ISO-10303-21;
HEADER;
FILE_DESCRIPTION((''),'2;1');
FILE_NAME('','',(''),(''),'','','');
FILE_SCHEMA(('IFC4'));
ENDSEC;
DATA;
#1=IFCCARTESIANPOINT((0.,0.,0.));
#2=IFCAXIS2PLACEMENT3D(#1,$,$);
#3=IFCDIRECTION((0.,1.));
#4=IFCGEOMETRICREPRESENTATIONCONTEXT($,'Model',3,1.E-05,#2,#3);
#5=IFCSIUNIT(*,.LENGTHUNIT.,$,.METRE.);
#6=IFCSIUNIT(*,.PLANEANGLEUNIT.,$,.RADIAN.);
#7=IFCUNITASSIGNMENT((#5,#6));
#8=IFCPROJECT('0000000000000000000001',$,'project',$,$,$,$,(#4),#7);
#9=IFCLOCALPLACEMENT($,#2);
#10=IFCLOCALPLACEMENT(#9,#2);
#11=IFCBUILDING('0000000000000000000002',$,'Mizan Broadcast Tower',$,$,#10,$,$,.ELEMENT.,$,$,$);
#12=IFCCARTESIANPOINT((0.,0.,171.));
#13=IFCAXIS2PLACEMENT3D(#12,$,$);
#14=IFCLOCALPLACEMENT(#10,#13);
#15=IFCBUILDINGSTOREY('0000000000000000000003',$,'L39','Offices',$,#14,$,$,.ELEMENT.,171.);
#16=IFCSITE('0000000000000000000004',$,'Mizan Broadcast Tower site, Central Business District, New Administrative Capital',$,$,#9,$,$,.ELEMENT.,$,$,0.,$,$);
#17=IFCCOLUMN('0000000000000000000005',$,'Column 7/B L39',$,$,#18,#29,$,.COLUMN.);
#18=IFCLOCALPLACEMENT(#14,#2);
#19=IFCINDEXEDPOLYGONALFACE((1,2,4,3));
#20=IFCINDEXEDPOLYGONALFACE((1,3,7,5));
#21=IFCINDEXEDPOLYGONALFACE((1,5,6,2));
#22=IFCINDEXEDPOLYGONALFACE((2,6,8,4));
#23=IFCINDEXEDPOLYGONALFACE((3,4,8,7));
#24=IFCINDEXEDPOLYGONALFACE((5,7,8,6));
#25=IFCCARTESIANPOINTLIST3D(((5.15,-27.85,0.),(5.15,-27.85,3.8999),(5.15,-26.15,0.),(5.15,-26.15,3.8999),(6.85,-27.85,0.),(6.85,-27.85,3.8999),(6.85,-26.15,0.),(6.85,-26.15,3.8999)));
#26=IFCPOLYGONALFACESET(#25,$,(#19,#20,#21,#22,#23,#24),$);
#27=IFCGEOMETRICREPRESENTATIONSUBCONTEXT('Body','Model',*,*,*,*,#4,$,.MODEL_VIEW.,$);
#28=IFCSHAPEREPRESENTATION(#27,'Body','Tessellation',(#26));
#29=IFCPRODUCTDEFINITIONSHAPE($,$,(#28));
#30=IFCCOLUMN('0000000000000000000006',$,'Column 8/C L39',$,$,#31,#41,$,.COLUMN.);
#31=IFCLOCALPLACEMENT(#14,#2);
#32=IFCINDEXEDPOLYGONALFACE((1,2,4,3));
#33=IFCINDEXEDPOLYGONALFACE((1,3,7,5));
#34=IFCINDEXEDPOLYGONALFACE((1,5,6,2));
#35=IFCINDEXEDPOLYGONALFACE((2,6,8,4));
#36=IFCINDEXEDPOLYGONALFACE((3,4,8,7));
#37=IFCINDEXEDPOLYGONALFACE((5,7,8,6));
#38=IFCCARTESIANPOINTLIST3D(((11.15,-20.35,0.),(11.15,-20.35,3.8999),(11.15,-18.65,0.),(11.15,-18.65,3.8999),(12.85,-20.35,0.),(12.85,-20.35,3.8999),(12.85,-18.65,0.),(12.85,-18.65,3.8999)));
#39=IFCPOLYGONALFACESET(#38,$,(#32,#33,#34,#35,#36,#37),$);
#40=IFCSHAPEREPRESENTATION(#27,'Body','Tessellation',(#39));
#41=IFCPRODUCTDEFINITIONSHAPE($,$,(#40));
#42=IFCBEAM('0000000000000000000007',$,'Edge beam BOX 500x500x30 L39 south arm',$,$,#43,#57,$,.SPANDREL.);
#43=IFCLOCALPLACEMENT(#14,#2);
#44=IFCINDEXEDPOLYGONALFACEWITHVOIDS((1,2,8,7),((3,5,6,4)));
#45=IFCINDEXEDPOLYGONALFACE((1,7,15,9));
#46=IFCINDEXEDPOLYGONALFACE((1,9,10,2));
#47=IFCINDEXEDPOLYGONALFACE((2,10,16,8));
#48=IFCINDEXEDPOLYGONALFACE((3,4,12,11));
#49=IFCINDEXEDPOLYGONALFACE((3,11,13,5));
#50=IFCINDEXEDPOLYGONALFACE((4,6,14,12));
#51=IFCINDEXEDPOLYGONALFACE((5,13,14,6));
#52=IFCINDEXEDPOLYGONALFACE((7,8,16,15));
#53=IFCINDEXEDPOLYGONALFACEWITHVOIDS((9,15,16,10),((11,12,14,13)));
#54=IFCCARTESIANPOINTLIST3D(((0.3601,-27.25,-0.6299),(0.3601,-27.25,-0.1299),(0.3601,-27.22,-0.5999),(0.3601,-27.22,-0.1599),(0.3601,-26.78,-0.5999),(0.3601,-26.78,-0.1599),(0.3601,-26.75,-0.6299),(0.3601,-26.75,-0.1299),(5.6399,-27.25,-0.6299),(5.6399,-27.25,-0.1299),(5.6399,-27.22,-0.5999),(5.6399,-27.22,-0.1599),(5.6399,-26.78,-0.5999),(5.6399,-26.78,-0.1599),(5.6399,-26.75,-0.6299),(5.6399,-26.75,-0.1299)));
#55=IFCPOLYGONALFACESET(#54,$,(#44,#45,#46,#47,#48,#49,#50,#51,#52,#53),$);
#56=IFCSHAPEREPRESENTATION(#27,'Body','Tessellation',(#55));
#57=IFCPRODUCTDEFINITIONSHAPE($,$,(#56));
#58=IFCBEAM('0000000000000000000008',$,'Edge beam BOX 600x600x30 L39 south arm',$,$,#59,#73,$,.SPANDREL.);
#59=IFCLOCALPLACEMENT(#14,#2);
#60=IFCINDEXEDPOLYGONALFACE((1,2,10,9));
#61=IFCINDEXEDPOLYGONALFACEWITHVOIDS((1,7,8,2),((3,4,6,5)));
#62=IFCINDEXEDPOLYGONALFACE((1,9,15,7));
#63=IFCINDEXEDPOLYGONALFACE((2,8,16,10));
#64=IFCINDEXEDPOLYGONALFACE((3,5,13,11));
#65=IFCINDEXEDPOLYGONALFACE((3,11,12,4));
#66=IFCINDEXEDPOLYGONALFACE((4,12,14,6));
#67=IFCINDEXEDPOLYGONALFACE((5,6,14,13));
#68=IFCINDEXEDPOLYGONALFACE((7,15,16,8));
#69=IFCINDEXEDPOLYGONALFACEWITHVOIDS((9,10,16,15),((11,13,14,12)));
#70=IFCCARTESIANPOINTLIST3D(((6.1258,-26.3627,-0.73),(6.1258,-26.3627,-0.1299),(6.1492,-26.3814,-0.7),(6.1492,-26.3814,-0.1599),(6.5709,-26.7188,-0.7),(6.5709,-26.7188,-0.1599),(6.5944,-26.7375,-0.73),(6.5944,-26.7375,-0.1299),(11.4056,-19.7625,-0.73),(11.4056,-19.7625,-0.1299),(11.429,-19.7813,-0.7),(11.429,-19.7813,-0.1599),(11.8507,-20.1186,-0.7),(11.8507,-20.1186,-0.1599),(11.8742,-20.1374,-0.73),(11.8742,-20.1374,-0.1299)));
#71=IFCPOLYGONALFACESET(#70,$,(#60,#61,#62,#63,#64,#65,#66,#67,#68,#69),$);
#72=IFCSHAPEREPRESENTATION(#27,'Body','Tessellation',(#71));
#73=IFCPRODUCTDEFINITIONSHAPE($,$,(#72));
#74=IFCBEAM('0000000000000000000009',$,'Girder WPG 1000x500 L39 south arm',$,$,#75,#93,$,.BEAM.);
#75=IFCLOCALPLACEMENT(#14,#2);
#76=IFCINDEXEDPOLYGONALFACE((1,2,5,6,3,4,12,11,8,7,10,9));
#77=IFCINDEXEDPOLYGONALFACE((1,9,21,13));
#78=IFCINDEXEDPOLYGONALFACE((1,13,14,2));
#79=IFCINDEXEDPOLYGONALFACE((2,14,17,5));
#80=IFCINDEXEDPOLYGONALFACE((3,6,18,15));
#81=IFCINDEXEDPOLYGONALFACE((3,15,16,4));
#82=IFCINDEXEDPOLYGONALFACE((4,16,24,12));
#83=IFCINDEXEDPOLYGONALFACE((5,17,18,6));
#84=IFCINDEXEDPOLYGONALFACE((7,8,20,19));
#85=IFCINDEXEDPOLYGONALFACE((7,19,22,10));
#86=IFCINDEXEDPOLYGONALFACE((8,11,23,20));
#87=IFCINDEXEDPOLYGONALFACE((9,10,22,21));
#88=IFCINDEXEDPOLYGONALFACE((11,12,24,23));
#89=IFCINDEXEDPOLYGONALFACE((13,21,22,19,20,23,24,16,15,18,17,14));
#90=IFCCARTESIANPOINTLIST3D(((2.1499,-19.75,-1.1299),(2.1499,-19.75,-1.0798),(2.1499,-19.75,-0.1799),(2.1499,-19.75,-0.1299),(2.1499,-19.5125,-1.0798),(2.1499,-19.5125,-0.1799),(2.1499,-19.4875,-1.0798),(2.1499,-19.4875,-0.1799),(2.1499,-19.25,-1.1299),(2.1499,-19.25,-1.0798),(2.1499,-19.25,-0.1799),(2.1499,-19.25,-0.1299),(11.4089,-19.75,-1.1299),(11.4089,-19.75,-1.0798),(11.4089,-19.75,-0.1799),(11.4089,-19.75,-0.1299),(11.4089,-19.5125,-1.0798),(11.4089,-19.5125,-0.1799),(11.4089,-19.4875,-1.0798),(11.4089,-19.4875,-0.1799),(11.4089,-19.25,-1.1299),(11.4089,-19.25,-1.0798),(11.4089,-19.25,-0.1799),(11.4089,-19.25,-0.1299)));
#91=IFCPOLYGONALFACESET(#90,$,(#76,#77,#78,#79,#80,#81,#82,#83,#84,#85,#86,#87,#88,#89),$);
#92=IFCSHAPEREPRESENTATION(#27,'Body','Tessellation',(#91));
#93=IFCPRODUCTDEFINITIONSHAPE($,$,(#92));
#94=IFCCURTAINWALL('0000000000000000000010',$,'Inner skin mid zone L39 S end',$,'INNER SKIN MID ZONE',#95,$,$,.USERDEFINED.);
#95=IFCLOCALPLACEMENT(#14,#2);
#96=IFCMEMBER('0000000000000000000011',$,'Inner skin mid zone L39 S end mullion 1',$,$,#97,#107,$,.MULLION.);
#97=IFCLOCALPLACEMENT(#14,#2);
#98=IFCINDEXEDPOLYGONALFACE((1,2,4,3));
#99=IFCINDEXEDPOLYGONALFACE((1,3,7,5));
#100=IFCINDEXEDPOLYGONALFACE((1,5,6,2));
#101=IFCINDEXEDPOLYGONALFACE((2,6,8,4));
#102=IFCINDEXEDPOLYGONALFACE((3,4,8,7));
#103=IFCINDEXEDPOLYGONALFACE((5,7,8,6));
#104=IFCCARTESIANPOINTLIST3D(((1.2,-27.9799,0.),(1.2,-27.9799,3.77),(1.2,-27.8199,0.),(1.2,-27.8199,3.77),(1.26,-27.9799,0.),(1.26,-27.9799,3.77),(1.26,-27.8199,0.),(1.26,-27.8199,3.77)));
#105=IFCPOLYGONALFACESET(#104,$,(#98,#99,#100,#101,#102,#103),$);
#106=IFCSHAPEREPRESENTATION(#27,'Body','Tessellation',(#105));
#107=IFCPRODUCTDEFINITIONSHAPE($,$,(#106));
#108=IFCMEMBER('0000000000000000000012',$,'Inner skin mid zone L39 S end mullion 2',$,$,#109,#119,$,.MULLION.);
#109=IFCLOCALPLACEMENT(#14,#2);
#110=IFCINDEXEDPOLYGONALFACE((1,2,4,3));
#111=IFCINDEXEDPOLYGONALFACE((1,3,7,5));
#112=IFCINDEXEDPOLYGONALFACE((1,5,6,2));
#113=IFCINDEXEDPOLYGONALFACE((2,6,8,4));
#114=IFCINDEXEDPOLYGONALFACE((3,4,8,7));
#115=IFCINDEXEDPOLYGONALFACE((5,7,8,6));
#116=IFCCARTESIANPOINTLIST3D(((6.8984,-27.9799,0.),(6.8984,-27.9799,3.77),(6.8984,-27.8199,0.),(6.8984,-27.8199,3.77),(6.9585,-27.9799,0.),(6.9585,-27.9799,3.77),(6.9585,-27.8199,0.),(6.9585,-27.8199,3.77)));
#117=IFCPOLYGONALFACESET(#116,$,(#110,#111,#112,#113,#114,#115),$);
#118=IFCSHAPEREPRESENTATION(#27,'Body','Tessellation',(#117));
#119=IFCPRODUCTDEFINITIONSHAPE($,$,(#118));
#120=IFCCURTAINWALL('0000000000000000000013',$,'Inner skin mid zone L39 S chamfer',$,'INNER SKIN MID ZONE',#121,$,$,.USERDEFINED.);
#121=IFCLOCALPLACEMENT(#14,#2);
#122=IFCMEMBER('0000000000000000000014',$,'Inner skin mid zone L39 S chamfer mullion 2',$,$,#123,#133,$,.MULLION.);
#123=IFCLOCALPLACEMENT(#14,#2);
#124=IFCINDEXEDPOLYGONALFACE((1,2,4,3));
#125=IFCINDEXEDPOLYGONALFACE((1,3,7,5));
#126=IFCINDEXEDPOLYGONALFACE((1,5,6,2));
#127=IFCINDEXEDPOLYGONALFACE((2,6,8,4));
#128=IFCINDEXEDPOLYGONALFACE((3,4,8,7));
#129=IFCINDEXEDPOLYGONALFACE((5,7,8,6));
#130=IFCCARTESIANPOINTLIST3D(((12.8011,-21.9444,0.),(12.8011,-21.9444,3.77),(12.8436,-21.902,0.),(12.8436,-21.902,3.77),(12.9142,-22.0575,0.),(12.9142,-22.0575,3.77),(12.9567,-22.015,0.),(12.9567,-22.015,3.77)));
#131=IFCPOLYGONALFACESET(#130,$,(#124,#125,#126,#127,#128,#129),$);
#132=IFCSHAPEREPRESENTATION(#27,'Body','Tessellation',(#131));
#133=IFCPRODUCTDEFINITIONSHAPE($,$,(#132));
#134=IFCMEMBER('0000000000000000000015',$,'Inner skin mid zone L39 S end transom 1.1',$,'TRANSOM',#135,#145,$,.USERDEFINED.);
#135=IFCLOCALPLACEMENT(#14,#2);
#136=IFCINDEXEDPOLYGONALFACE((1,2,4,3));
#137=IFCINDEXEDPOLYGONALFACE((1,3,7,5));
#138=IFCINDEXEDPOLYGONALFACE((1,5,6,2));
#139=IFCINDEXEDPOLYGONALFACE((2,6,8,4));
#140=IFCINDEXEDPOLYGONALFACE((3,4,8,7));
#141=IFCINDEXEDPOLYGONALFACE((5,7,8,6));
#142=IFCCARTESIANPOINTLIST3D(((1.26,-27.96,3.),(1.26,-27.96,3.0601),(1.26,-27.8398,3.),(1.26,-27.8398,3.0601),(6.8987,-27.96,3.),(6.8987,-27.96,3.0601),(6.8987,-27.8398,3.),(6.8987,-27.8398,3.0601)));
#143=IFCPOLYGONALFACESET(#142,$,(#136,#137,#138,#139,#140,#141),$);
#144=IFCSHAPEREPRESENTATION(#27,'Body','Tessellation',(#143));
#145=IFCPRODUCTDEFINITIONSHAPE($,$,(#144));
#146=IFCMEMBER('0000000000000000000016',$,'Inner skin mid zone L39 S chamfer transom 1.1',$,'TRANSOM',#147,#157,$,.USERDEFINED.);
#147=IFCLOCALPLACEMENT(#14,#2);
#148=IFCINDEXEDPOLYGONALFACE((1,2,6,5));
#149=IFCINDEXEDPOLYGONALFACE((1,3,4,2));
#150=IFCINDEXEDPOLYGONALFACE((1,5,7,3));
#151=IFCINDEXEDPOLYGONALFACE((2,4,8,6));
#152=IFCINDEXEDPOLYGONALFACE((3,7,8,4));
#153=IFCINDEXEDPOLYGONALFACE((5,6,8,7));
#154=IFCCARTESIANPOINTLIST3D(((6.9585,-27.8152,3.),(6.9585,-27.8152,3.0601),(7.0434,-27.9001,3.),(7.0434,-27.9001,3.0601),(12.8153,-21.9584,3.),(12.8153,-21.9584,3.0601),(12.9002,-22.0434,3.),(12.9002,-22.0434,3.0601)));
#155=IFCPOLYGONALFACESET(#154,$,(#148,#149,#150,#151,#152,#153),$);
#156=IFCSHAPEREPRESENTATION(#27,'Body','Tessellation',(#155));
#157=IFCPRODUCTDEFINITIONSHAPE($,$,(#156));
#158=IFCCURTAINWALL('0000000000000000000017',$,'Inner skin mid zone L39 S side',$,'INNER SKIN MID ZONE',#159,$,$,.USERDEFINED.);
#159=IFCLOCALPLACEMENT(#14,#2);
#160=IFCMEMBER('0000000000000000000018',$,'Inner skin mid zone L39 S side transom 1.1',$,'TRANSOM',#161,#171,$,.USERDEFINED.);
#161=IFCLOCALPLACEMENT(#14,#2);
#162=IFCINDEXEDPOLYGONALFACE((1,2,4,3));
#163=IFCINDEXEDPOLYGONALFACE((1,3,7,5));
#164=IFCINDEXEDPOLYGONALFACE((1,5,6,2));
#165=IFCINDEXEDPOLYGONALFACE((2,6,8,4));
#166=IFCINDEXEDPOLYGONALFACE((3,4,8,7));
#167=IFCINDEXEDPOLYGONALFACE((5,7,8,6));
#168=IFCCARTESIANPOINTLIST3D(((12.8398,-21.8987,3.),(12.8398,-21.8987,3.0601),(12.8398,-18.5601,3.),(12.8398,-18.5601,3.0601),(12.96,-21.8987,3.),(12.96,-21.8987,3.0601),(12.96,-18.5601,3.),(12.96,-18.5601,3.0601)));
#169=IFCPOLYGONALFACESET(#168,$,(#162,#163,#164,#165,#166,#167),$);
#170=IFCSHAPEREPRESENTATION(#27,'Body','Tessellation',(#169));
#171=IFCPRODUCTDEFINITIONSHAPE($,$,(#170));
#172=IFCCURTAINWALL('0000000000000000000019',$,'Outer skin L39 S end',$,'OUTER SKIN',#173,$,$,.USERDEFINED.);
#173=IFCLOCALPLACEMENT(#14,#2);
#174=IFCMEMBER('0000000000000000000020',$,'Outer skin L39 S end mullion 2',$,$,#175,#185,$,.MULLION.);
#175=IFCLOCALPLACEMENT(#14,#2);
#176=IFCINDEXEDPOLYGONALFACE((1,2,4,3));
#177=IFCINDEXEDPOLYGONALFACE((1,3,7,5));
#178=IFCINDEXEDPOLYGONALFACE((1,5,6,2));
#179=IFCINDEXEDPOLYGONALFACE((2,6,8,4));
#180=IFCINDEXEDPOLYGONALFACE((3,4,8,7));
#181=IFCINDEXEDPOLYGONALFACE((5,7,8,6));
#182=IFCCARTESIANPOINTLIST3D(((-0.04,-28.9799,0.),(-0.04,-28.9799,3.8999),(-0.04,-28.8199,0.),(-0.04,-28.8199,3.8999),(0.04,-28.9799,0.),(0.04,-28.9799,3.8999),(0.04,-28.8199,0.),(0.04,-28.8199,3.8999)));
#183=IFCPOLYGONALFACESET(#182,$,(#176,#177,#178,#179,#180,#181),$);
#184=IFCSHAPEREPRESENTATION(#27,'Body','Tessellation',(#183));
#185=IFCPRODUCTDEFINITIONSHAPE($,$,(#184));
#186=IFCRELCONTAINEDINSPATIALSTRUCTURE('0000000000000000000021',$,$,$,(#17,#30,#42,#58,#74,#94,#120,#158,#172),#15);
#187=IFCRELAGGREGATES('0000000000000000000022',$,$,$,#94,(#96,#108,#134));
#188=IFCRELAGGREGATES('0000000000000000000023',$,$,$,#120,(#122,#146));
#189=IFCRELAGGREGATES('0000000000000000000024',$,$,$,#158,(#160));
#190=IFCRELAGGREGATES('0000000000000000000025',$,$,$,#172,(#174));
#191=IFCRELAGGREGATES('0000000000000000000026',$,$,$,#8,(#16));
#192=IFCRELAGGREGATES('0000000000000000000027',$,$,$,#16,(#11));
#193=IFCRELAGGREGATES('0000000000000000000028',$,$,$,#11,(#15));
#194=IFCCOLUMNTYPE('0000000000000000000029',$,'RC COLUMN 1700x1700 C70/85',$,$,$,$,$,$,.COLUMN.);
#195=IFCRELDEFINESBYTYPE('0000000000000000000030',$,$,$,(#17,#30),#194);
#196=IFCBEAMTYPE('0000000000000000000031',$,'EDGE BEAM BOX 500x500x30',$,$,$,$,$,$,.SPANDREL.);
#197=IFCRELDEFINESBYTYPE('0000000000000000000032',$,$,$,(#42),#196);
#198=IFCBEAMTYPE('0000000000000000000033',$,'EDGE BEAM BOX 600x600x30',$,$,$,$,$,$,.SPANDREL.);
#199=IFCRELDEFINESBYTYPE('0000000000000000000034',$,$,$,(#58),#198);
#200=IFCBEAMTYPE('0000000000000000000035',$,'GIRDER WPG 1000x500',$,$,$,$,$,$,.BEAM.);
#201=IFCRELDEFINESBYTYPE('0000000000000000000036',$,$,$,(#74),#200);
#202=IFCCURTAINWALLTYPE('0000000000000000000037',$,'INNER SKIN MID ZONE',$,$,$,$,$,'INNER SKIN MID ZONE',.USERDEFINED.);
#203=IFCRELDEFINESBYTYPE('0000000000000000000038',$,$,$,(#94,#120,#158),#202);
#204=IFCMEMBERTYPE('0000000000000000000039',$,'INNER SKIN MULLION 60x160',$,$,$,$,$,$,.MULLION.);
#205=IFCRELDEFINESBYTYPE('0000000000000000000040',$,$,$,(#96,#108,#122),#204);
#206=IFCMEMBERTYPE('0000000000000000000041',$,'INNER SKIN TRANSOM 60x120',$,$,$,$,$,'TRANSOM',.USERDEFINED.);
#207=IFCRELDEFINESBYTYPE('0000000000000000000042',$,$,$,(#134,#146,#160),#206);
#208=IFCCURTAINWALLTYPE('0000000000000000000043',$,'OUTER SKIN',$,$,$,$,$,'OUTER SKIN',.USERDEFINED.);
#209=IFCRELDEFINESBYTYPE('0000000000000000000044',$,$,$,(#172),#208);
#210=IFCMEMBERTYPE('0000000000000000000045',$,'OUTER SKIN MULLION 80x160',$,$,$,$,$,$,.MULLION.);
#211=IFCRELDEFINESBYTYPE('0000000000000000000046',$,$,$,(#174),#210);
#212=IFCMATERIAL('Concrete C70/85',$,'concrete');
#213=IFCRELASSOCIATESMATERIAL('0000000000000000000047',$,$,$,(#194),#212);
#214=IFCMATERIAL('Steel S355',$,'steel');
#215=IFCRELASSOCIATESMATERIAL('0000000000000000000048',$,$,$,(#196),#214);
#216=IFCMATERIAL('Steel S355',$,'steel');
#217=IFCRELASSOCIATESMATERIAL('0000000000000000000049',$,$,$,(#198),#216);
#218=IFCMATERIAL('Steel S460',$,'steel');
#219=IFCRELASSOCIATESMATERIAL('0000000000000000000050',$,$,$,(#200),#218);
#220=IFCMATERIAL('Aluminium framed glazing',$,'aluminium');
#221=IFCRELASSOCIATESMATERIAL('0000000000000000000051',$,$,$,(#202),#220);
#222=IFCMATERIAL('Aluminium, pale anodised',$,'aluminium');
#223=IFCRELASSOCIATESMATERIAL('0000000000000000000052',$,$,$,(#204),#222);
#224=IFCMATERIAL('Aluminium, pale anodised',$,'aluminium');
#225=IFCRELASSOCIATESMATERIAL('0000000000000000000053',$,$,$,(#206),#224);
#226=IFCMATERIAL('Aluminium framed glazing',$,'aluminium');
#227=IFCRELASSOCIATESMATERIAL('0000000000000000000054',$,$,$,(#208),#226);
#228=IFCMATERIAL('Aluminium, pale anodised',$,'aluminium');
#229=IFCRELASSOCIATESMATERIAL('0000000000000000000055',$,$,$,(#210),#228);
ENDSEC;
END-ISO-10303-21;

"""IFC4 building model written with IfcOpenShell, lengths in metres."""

from ifc_helpers import new_model, si_unit, direction, frame, origin, origin_2d, place, context, subcontext, project, spatial, rectangle, hollow_rectangle, i_section, extrude, material, material_profile, profile_set, type_object, element, aggregate, save


model = new_model("IFC4")

# Units and contexts
model_context = context("Model", 3, precision=1e-05, world=origin(), true_north=direction((0.0, 1.0)))
body_context = subcontext(model_context, "Body", "Model", "MODEL_VIEW")
ifc_project = project(units=[si_unit("LENGTHUNIT", "METRE"), si_unit("PLANEANGLEUNIT", "RADIAN")], contexts=[model_context])

# Site, building, storey
site_placement = place(None, origin())
site = spatial("IfcSite", under=ifc_project, at=site_placement, Name="Mizan Broadcast Tower site, Central Business District, New Administrative Capital", CompositionType="ELEMENT", RefElevation=0.0)
building_placement = place(site_placement, origin())
building = spatial("IfcBuilding", under=site, at=building_placement, Name="Mizan Broadcast Tower", CompositionType="ELEMENT")
storey_placement = place(building_placement, frame((0.0, 0.0, 171.0)))
storey = spatial("IfcBuildingStorey", under=building, at=storey_placement, Name="L39", Description="Offices", CompositionType="ELEMENT", Elevation=171.0)

# Columns
ifc_material_1 = material(Name="Concrete C70/85", Category="concrete")
ifc_material_profile_1 = material_profile(ifc_material_1, rectangle(XDim=1.7, YDim=1.7, at=origin_2d()), Name="RC 1700x1700")
ifc_profile_set_1 = profile_set([ifc_material_profile_1], Name="Concrete C70/85")
column_type = type_object("IfcColumnType", Name="RC COLUMN 1700x1700 C70/85", PredefinedType="COLUMN", material=ifc_profile_set_1)
for number, where, z_axis, x_axis, name in (
    (1, (6.0, -27.0, 0.0), (0.0, 0.0, 1.0), (1.0, 0.0, 0.0), "Column 7/B L39"),
    (2, (12.0, -19.5, 0.0), (0.0, 0.0, 1.0), (1.0, 0.0, 0.0), "Column 8/C L39"),
):
    element("IfcColumn", number, at=place(storey_placement, frame(where, z_axis=z_axis, x_axis=x_axis)), inside=storey, type_object=column_type, Name=name, PredefinedType="COLUMN", context=body_context, shape_type="SweptSolid", body=[
        extrude(rectangle(XDim=1.7, YDim=1.7, at=origin_2d()), origin(), (0.0, 0.0, 1.0), 3.8999),
    ])

# Beams
ifc_material_2 = material(Name="Steel S355", Category="steel")
ifc_material_profile_2 = material_profile(ifc_material_2, hollow_rectangle(XDim=0.5, YDim=0.5, WallThickness=0.03, at=origin_2d()), Name="BOX 500x500x30")
ifc_profile_set_2 = profile_set([ifc_material_profile_2], Name="Steel S355")
beam_type_1 = type_object("IfcBeamType", Name="EDGE BEAM BOX 500x500x30", PredefinedType="SPANDREL", material=ifc_profile_set_2)
beam_1_placement = place(storey_placement, frame((5.6399, -27.0, -0.3799), z_axis=(-1.0, 0.0, 0.0), x_axis=(0.0, -1.0, 0.0)))
element("IfcBeam", 3, at=beam_1_placement, inside=storey, type_object=beam_type_1, Name="Edge beam BOX 500x500x30 L39 south arm", PredefinedType="SPANDREL", context=body_context, shape_type="SweptSolid", body=[
    extrude(hollow_rectangle(XDim=0.5, YDim=0.5, WallThickness=0.03, at=origin_2d()), origin(), (0.0, 0.0, 1.0), 5.2798),
])
ifc_material_3 = material(Name="Steel S355", Category="steel")
ifc_material_profile_3 = material_profile(ifc_material_3, hollow_rectangle(XDim=0.6001, YDim=0.6001, WallThickness=0.03, at=origin_2d()), Name="BOX 600x600x30")
ifc_profile_set_3 = profile_set([ifc_material_profile_3], Name="Steel S355")
beam_type_2 = type_object("IfcBeamType", Name="EDGE BEAM BOX 600x600x30", PredefinedType="SPANDREL", material=ifc_profile_set_3)
beam_2_placement = place(storey_placement, frame((11.6399, -19.95, -0.4299), z_axis=(-0.624674, -0.780886, 0.0), x_axis=(0.780886, -0.624674, 0.0)))
element("IfcBeam", 4, at=beam_2_placement, inside=storey, type_object=beam_type_2, Name="Edge beam BOX 600x600x30 L39 south arm", PredefinedType="SPANDREL", context=body_context, shape_type="SweptSolid", body=[
    extrude(hollow_rectangle(XDim=0.6001, YDim=0.6001, WallThickness=0.03, at=origin_2d()), origin(), (0.0, 0.0, 1.0), 8.4521),
])
ifc_material_4 = material(Name="Steel S460", Category="steel")
ifc_material_profile_4 = material_profile(ifc_material_4, i_section(OverallWidth=0.5, OverallDepth=1.0, WebThickness=0.0249, FlangeThickness=0.05, at=origin_2d()), Name="WPG 1000x500")
ifc_profile_set_4 = profile_set([ifc_material_profile_4], Name="Steel S460")
beam_type_3 = type_object("IfcBeamType", Name="GIRDER WPG 1000x500", PredefinedType="BEAM", material=ifc_profile_set_4)
beam_3_placement = place(storey_placement, frame((11.4089, -19.5, -0.6299), z_axis=(-1.0, 0.0, 0.0), x_axis=(0.0, -1.0, 0.0)))
element("IfcBeam", 5, at=beam_3_placement, inside=storey, type_object=beam_type_3, Name="Girder WPG 1000x500 L39 south arm", PredefinedType="BEAM", context=body_context, shape_type="SweptSolid", body=[
    extrude(i_section(OverallWidth=0.5, OverallDepth=1.0, WebThickness=0.0249, FlangeThickness=0.05, at=origin_2d()), origin(), (0.0, 0.0, 1.0), 9.259),
])

# Curtain wall, members
ifc_material_5 = material(Name="Aluminium framed glazing", Category="aluminium")
curtain_wall_type_1 = type_object("IfcCurtainWallType", Name="INNER SKIN MID ZONE", ElementType="INNER SKIN MID ZONE", PredefinedType="USERDEFINED", material=ifc_material_5)
curtain_wall_1_placement = place(storey_placement, origin())
curtain_wall_1 = element("IfcCurtainWall", 6, at=curtain_wall_1_placement, inside=storey, type_object=curtain_wall_type_1, Name="Inner skin mid zone L39 S end", ObjectType="INNER SKIN MID ZONE", PredefinedType="USERDEFINED")
ifc_material_6 = material(Name="Aluminium, pale anodised", Category="aluminium")
ifc_material_profile_5 = material_profile(ifc_material_6, rectangle(XDim=0.1599, YDim=0.0601, at=origin_2d()), Name="MULLION 160x60")
ifc_profile_set_5 = profile_set([ifc_material_profile_5], Name="Aluminium, pale anodised")
member_type_1 = type_object("IfcMemberType", Name="INNER SKIN MULLION 60x160", PredefinedType="MULLION", material=ifc_profile_set_5)
member_1_placement = place(storey_placement, frame((1.23, -27.8999, 0.0), z_axis=(0.0, 0.0, 1.0), x_axis=(0.0, 1.0, 0.0)))
member_1 = element("IfcMember", 7, at=member_1_placement, type_object=member_type_1, Name="Inner skin mid zone L39 S end mullion 1", PredefinedType="MULLION", context=body_context, shape_type="SweptSolid", body=[
    extrude(rectangle(XDim=0.1599, YDim=0.0601, at=origin_2d()), origin(), (0.0, 0.0, 1.0), 3.77),
])
member_2_placement = place(storey_placement, frame((6.9285, -27.8999, 0.0), z_axis=(0.0, 0.0, 1.0), x_axis=(0.0, 1.0, 0.0)))
member_2 = element("IfcMember", 8, at=member_2_placement, type_object=member_type_1, Name="Inner skin mid zone L39 S end mullion 2", PredefinedType="MULLION", context=body_context, shape_type="SweptSolid", body=[
    extrude(rectangle(XDim=0.1599, YDim=0.0601, at=origin_2d()), origin(), (0.0, 0.0, 1.0), 3.77),
])

# Curtain wall, member
curtain_wall_2_placement = place(storey_placement, origin())
curtain_wall_2 = element("IfcCurtainWall", 9, at=curtain_wall_2_placement, inside=storey, type_object=curtain_wall_type_1, Name="Inner skin mid zone L39 S chamfer", ObjectType="INNER SKIN MID ZONE", PredefinedType="USERDEFINED")
member_3_placement = place(storey_placement, frame((12.8789, -21.9797, 0.0), z_axis=(0.0, 0.0, 1.0), x_axis=(-0.707107, 0.707107, 0.0)))
member_3 = element("IfcMember", 10, at=member_3_placement, type_object=member_type_1, Name="Inner skin mid zone L39 S chamfer mullion 2", PredefinedType="MULLION", context=body_context, shape_type="SweptSolid", body=[
    extrude(rectangle(XDim=0.1599, YDim=0.0601, at=origin_2d()), origin(), (0.0, 0.0, 1.0), 3.77),
])

# Members
ifc_material_7 = material(Name="Aluminium, pale anodised", Category="aluminium")
ifc_material_profile_6 = material_profile(ifc_material_7, rectangle(XDim=0.1201, YDim=0.0601, at=origin_2d()), Name="TRANSOM 120x60")
ifc_profile_set_6 = profile_set([ifc_material_profile_6], Name="Aluminium, pale anodised")
member_type_2 = type_object("IfcMemberType", Name="INNER SKIN TRANSOM 60x120", ElementType="TRANSOM", PredefinedType="USERDEFINED", material=ifc_profile_set_6)
member_4_placement = place(storey_placement, frame((1.26, -27.8999, 3.03), z_axis=(1.0, 0.0, 0.0), x_axis=(0.0, 1.0, 0.0)))
member_4 = element("IfcMember", 11, at=member_4_placement, type_object=member_type_2, Name="Inner skin mid zone L39 S end transom 1.1", ObjectType="TRANSOM", PredefinedType="USERDEFINED", context=body_context, shape_type="SweptSolid", body=[
    extrude(rectangle(XDim=0.1201, YDim=0.0601, at=origin_2d()), origin(), (0.0, 0.0, 1.0), 5.6387),
])
member_5_placement = place(storey_placement, frame((7.001, -27.8577, 3.03), z_axis=(0.707107, 0.707107, 0.0), x_axis=(-0.707107, 0.707107, 0.0)))
member_5 = element("IfcMember", 12, at=member_5_placement, type_object=member_type_2, Name="Inner skin mid zone L39 S chamfer transom 1.1", ObjectType="TRANSOM", PredefinedType="USERDEFINED", context=body_context, shape_type="SweptSolid", body=[
    extrude(rectangle(XDim=0.1201, YDim=0.0601, at=origin_2d()), origin(), (0.0, 0.0, 1.0), 8.2827),
])

# Curtain wall, member
curtain_wall_3_placement = place(storey_placement, origin())
curtain_wall_3 = element("IfcCurtainWall", 13, at=curtain_wall_3_placement, inside=storey, type_object=curtain_wall_type_1, Name="Inner skin mid zone L39 S side", ObjectType="INNER SKIN MID ZONE", PredefinedType="USERDEFINED")
member_6_placement = place(storey_placement, frame((12.8999, -21.8987, 3.03), z_axis=(0.0, 1.0, 0.0), x_axis=(-1.0, 0.0, 0.0)))
member_6 = element("IfcMember", 14, at=member_6_placement, type_object=member_type_2, Name="Inner skin mid zone L39 S side transom 1.1", ObjectType="TRANSOM", PredefinedType="USERDEFINED", context=body_context, shape_type="SweptSolid", body=[
    extrude(rectangle(XDim=0.1201, YDim=0.0601, at=origin_2d()), origin(), (0.0, 0.0, 1.0), 3.3386),
])

# Curtain wall, member
ifc_material_8 = material(Name="Aluminium framed glazing", Category="aluminium")
curtain_wall_type_2 = type_object("IfcCurtainWallType", Name="OUTER SKIN", ElementType="OUTER SKIN", PredefinedType="USERDEFINED", material=ifc_material_8)
curtain_wall_4_placement = place(storey_placement, origin())
curtain_wall_4 = element("IfcCurtainWall", 15, at=curtain_wall_4_placement, inside=storey, type_object=curtain_wall_type_2, Name="Outer skin L39 S end", ObjectType="OUTER SKIN", PredefinedType="USERDEFINED")
ifc_material_9 = material(Name="Aluminium, pale anodised", Category="aluminium")
ifc_material_profile_7 = material_profile(ifc_material_9, rectangle(XDim=0.1599, YDim=0.0801, at=origin_2d()), Name="MULLION 160x80")
ifc_profile_set_7 = profile_set([ifc_material_profile_7], Name="Aluminium, pale anodised")
member_type_3 = type_object("IfcMemberType", Name="OUTER SKIN MULLION 80x160", PredefinedType="MULLION", material=ifc_profile_set_7)
member_7_placement = place(storey_placement, frame((0.0, -28.8999, 0.0), z_axis=(0.0, 0.0, 1.0), x_axis=(0.0, 1.0, 0.0)))
member_7 = element("IfcMember", 16, at=member_7_placement, type_object=member_type_3, Name="Outer skin L39 S end mullion 2", PredefinedType="MULLION", context=body_context, shape_type="SweptSolid", body=[
    extrude(rectangle(XDim=0.1599, YDim=0.0801, at=origin_2d()), origin(), (0.0, 0.0, 1.0), 3.8999),
])

aggregate(curtain_wall_1, [member_1, member_2, member_4])
aggregate(curtain_wall_2, [member_3, member_5])
aggregate(curtain_wall_3, [member_6])
aggregate(curtain_wall_4, [member_7])

save(model, "model.ifc")
